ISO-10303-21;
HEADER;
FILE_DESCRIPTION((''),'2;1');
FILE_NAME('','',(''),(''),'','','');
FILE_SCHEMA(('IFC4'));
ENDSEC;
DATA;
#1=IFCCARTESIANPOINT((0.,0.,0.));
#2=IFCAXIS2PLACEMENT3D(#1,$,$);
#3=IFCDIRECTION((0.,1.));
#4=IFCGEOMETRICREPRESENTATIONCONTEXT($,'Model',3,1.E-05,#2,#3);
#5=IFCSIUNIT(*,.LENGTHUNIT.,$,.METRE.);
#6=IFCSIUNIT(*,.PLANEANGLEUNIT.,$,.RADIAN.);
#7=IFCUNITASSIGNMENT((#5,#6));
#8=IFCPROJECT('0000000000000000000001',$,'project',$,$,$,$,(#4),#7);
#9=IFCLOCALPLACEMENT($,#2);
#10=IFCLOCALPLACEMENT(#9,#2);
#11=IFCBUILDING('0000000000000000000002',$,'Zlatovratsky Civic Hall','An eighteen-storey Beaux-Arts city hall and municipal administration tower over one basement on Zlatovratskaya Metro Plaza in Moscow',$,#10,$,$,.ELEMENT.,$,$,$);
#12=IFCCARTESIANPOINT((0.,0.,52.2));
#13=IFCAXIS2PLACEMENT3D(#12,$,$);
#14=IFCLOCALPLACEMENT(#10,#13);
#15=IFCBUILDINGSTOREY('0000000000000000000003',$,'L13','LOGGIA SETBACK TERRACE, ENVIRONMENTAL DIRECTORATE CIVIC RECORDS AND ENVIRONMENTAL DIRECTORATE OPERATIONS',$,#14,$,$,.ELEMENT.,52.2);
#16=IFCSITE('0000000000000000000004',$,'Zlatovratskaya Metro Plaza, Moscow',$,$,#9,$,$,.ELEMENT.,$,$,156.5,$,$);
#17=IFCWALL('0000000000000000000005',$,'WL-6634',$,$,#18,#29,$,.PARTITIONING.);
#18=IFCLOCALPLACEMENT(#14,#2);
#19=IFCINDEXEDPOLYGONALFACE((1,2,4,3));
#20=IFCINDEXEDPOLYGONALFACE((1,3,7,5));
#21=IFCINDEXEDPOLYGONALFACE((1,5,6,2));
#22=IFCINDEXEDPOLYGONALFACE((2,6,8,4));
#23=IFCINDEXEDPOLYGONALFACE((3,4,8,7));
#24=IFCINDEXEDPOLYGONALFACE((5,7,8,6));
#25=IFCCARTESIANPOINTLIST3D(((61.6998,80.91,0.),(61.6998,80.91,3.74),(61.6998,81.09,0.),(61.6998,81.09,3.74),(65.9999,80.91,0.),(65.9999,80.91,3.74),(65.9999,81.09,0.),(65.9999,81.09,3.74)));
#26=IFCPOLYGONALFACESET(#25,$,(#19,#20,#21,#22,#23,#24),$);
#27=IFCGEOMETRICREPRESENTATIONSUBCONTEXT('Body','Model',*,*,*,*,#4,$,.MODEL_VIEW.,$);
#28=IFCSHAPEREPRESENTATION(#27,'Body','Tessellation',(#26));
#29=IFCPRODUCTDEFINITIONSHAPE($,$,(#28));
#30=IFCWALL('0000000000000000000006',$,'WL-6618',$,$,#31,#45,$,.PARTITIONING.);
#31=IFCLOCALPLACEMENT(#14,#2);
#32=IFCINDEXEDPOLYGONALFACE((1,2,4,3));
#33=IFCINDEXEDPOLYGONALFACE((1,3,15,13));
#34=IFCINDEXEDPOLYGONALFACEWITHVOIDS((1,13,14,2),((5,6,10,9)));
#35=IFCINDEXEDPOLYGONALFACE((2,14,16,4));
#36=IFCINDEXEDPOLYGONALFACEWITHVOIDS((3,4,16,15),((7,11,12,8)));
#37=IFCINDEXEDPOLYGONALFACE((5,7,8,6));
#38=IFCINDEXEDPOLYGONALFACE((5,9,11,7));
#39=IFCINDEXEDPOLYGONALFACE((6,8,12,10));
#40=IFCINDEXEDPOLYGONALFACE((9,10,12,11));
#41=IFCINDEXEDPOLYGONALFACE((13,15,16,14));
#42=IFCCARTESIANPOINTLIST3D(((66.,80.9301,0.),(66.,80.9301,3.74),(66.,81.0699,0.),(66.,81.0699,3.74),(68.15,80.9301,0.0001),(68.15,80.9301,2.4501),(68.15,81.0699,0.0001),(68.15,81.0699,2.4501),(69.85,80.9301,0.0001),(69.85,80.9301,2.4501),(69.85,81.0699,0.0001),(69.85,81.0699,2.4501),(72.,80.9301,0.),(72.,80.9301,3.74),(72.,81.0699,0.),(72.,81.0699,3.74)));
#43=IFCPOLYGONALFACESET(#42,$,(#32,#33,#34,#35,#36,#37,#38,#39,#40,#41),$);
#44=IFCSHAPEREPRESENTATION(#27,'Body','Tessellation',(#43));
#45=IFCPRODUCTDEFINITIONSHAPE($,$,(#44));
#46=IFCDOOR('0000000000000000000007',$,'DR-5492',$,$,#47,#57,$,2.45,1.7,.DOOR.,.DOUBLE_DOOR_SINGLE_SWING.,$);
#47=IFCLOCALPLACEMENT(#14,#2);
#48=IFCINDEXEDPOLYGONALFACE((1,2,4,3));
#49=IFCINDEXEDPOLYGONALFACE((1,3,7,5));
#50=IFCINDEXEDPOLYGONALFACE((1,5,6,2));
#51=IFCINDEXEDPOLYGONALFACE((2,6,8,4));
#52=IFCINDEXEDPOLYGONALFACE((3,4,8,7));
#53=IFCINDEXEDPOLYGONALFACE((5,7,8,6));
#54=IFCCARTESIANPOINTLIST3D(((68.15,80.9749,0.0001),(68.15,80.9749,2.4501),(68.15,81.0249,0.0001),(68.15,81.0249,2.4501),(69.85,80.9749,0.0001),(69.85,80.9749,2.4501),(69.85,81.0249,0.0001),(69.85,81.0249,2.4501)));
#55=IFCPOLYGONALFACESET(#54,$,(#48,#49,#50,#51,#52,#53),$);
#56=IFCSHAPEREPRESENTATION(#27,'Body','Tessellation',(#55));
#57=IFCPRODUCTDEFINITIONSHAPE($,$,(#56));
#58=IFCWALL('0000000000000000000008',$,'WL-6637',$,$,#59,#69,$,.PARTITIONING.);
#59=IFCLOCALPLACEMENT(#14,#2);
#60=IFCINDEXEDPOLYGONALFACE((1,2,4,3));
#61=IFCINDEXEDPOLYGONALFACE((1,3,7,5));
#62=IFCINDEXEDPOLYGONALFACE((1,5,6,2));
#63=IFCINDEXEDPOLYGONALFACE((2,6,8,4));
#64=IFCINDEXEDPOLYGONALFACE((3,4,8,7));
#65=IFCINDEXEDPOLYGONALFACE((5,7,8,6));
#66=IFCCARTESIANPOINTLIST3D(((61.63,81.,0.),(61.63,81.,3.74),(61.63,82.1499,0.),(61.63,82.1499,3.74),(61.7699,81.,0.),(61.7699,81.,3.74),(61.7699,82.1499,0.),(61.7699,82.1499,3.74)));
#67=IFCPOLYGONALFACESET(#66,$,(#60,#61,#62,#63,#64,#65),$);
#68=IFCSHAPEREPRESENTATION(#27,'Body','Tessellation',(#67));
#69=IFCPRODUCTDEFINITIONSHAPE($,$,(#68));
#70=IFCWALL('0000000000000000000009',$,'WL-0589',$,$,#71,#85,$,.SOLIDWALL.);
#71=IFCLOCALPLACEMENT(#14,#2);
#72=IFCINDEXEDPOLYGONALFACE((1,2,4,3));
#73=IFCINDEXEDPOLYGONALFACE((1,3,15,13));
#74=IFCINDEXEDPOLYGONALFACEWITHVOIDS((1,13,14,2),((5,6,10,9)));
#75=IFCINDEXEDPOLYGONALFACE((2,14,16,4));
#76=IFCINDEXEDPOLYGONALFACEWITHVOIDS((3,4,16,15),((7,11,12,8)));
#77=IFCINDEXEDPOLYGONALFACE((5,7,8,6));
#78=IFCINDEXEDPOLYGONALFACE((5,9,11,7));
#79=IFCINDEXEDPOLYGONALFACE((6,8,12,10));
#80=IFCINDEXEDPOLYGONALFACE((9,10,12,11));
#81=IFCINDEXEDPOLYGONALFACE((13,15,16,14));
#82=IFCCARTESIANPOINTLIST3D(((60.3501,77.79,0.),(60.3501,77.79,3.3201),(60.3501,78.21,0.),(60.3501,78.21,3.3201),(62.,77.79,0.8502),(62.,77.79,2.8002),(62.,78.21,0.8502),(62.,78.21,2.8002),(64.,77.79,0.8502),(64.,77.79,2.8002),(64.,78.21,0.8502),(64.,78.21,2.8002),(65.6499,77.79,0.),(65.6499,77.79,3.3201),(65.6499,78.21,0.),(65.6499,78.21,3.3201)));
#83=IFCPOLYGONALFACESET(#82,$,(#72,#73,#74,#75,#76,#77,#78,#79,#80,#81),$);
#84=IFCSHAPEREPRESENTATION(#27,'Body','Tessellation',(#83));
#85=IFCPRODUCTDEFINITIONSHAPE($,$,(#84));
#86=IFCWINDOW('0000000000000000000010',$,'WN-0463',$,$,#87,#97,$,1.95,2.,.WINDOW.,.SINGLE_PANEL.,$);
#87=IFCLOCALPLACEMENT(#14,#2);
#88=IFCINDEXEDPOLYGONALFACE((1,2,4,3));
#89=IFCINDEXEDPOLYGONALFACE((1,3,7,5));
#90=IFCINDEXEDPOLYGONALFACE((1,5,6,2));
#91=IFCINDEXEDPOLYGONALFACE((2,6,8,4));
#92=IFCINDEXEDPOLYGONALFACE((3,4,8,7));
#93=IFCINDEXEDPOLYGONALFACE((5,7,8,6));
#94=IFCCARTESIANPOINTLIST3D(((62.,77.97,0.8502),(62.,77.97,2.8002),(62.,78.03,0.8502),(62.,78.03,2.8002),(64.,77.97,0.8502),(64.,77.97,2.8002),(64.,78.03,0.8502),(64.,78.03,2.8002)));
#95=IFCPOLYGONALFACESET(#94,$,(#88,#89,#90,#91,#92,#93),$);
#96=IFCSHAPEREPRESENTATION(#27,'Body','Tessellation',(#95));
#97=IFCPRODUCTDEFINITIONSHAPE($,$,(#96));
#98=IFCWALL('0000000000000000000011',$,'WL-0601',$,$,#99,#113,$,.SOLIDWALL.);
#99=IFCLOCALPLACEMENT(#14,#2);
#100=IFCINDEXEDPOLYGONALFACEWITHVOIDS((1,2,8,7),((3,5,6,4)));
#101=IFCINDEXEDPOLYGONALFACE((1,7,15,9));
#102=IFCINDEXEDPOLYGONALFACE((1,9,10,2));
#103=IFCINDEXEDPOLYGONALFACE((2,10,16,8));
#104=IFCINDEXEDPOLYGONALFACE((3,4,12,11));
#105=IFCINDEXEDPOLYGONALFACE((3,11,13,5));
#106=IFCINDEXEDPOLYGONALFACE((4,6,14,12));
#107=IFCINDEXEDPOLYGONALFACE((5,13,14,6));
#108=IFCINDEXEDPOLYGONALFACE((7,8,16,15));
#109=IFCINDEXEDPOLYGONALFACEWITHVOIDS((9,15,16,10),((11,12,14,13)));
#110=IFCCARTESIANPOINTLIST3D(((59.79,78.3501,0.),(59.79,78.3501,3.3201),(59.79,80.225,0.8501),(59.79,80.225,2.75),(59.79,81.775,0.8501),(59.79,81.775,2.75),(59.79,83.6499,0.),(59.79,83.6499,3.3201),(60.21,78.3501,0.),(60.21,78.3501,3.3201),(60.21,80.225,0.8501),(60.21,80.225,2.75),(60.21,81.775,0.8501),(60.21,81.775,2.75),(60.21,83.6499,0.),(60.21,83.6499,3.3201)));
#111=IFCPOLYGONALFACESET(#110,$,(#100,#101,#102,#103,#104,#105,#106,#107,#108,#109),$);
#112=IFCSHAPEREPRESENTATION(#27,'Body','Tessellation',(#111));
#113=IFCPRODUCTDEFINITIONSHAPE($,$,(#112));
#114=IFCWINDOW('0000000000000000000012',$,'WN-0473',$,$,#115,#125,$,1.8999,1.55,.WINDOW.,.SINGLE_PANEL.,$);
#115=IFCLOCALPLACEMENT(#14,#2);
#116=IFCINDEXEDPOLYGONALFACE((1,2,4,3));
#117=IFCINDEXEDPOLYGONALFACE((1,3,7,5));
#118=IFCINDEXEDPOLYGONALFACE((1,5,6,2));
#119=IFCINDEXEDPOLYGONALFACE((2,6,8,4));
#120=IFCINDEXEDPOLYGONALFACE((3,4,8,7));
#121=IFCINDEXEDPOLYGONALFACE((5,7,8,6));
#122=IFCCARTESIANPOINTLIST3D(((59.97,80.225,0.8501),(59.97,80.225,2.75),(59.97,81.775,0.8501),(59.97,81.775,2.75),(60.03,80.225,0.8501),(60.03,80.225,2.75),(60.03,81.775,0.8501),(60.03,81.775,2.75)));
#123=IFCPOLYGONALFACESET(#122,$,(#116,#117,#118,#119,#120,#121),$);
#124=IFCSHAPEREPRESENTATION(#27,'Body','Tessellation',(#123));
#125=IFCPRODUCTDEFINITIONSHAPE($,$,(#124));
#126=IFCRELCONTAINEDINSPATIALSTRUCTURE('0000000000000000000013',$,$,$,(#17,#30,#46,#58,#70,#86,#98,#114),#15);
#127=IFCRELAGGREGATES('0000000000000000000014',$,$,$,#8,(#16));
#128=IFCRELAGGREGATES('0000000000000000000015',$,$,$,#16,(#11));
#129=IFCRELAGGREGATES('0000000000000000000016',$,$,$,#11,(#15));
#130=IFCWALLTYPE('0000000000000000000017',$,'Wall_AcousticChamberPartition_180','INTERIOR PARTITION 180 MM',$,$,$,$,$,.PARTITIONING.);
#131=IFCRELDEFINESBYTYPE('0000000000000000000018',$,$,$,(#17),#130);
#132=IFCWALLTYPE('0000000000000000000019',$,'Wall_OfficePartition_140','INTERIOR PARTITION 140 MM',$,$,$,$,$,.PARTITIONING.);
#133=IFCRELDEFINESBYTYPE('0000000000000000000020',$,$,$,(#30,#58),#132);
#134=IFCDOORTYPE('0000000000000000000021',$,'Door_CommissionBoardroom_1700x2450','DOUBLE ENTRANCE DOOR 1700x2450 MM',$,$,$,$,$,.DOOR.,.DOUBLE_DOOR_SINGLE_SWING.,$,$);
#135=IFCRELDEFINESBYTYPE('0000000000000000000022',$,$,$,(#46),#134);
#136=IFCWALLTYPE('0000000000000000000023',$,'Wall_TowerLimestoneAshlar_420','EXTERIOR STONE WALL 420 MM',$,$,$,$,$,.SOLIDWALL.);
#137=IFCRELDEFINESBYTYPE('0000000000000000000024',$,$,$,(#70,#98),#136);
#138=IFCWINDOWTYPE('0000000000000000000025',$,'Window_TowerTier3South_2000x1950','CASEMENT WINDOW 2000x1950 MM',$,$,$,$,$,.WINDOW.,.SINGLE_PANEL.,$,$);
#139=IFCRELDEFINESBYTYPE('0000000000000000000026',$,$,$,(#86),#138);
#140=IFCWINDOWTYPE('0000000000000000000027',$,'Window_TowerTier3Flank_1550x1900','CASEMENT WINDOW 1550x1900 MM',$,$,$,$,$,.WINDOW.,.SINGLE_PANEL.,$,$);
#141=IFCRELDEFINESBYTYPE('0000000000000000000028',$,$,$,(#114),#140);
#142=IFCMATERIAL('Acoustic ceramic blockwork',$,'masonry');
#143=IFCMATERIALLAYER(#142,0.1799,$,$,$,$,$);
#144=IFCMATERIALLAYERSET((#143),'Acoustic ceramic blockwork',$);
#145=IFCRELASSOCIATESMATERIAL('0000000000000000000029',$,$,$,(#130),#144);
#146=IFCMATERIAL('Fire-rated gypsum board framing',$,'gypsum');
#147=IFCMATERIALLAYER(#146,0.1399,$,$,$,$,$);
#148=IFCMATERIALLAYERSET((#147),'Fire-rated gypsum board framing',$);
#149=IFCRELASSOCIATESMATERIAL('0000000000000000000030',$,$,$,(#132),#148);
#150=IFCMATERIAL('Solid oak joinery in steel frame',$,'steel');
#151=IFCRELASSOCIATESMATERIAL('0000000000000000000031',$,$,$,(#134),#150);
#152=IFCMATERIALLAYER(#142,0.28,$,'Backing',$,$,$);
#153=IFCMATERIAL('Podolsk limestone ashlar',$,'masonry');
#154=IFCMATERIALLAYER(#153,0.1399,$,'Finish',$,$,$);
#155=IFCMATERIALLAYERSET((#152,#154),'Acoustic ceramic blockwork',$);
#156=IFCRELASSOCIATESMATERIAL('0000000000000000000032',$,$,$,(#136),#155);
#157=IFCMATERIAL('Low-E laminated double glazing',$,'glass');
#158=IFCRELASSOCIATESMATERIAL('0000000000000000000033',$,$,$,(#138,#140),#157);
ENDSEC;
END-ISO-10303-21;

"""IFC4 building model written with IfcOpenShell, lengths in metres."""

from ifc_helpers import new_model, si_unit, direction, frame, frame_2d, origin, place, context, subcontext, project, spatial, rectangle, extrude, material, layer, layer_set, type_object, element, fill, save


model = new_model("IFC4")

# Units and contexts
model_context = context("Model", 3, precision=1e-05, world=origin(), true_north=direction((0.0, 1.0)))
body_context = subcontext(model_context, "Body", "Model", "MODEL_VIEW")
ifc_project = project(units=[si_unit("LENGTHUNIT", "METRE"), si_unit("PLANEANGLEUNIT", "RADIAN")], contexts=[model_context])

# Site, building, storey
site_placement = place(None, origin())
site = spatial("IfcSite", under=ifc_project, at=site_placement, Name="Zlatovratskaya Metro Plaza, Moscow", CompositionType="ELEMENT", RefElevation=156.5)
building_placement = place(site_placement, origin())
building = spatial("IfcBuilding", under=site, at=building_placement, Name="Zlatovratsky Civic Hall", Description="An eighteen-storey Beaux-Arts city hall and municipal administration tower over one basement on Zlatovratskaya Metro Plaza in Moscow", CompositionType="ELEMENT")
storey_placement = place(building_placement, frame((0.0, 0.0, 52.2)))
storey = spatial("IfcBuildingStorey", under=building, at=storey_placement, Name="L13", Description="LOGGIA SETBACK TERRACE, ENVIRONMENTAL DIRECTORATE CIVIC RECORDS AND ENVIRONMENTAL DIRECTORATE OPERATIONS", CompositionType="ELEMENT", Elevation=52.2)

# Wall
ifc_material_1 = material(Name="Acoustic ceramic blockwork", Category="masonry")
ifc_layer_1 = layer(ifc_material_1, 0.1799)
ifc_layer_set_1 = layer_set([ifc_layer_1], Name="Acoustic ceramic blockwork")
wall_type_1 = type_object("IfcWallType", Name="Wall_AcousticChamberPartition_180", Description="INTERIOR PARTITION 180 MM", PredefinedType="PARTITIONING", material=ifc_layer_set_1)
wall_1_placement = place(storey_placement, frame((61.7, 81.0, 0.0), z_axis=(0.0, 0.0, 1.0), x_axis=(1.0, 0.0, 0.0)))
element("IfcWall", 1, at=wall_1_placement, inside=storey, type_object=wall_type_1, Name="WL-6634", PredefinedType="PARTITIONING", context=body_context, shape_type="SweptSolid", body=[
    extrude(rectangle(XDim=4.3, YDim=0.1799, at=frame_2d((2.1499, 0.0))), origin(), (0.0, 0.0, 1.0), 3.74),
])

# Wall, opening, door
ifc_material_2 = material(Name="Fire-rated gypsum board framing", Category="gypsum")
ifc_layer_2 = layer(ifc_material_2, 0.1399)
ifc_layer_set_2 = layer_set([ifc_layer_2], Name="Fire-rated gypsum board framing")
wall_type_2 = type_object("IfcWallType", Name="Wall_OfficePartition_140", Description="INTERIOR PARTITION 140 MM", PredefinedType="PARTITIONING", material=ifc_layer_set_2)
wall_2_placement = place(storey_placement, frame((66.0, 81.0, 0.0), z_axis=(0.0, 0.0, 1.0), x_axis=(1.0, 0.0, 0.0)))
wall_2 = element("IfcWall", 2, at=wall_2_placement, inside=storey, type_object=wall_type_2, Name="WL-6618", PredefinedType="PARTITIONING", context=body_context, shape_type="SweptSolid", body=[
    extrude(rectangle(XDim=6.0, YDim=0.1399, at=frame_2d((3.0, 0.0))), origin(), (0.0, 0.0, 1.0), 3.74),
])
opening_1_placement = place(wall_2_placement, frame((2.1499, 0.0, 0.0)))
opening_1 = element("IfcOpeningElement", 3, at=opening_1_placement, cuts=wall_2, PredefinedType="OPENING", context=body_context, shape_type="SweptSolid", body=[
    extrude(rectangle(XDim=1.7, YDim=2.45, at=frame_2d((0.8501, 1.2251))), frame((0.0, 0.085, 0.0), z_axis=(0.0, -1.0, 0.0), x_axis=(1.0, 0.0, 0.0)), (0.0, 0.0, 1.0), 0.1697),
])
ifc_material_3 = material(Name="Solid oak joinery in steel frame", Category="steel")
door_type = type_object("IfcDoorType", Name="Door_CommissionBoardroom_1700x2450", Description="DOUBLE ENTRANCE DOOR 1700x2450 MM", OperationType="DOUBLE_DOOR_SINGLE_SWING", PredefinedType="DOOR", material=ifc_material_3)
door_placement = place(opening_1_placement, origin())
door = element("IfcDoor", 4, at=door_placement, inside=storey, type_object=door_type, Name="DR-5492", OperationType="DOUBLE_DOOR_SINGLE_SWING", OverallHeight=2.45, OverallWidth=1.7, PredefinedType="DOOR", context=body_context, shape_type="SweptSolid", body=[
    extrude(rectangle(XDim=1.7, YDim=2.45, at=frame_2d((0.8501, 1.2251))), frame((0.0, 0.0249, 0.0), z_axis=(0.0, -1.0, 0.0), x_axis=(1.0, 0.0, 0.0)), (0.0, 0.0, 1.0), 0.05),
])
fill(opening_1, door)

# Wall
wall_3_placement = place(storey_placement, frame((61.7, 81.0, 0.0), z_axis=(0.0, 0.0, 1.0), x_axis=(0.0, 1.0, 0.0)))
element("IfcWall", 5, at=wall_3_placement, inside=storey, type_object=wall_type_2, Name="WL-6637", PredefinedType="PARTITIONING", context=body_context, shape_type="SweptSolid", body=[
    extrude(rectangle(XDim=1.1499, YDim=0.1399, at=frame_2d((0.575, 0.0))), origin(), (0.0, 0.0, 1.0), 3.74),
])

# Walls, openings, windows
ifc_layer_3 = layer(ifc_material_1, 0.28, Name="Backing")
ifc_material_4 = material(Name="Podolsk limestone ashlar", Category="masonry")
ifc_layer_4 = layer(ifc_material_4, 0.1399, Name="Finish")
ifc_layer_set_3 = layer_set([ifc_layer_3, ifc_layer_4], Name="Acoustic ceramic blockwork")
wall_type_3 = type_object("IfcWallType", Name="Wall_TowerLimestoneAshlar_420", Description="EXTERIOR STONE WALL 420 MM", PredefinedType="SOLIDWALL", material=ifc_layer_set_3)
wall_4_placement = place(storey_placement, frame((60.3501, 78.0, 0.0), z_axis=(0.0, 0.0, 1.0), x_axis=(1.0, 0.0, 0.0)))
wall_4 = element("IfcWall", 6, at=wall_4_placement, inside=storey, type_object=wall_type_3, Name="WL-0589", PredefinedType="SOLIDWALL", context=body_context, shape_type="SweptSolid", body=[
    extrude(rectangle(XDim=5.2998, YDim=0.4199, at=frame_2d((2.6499, 0.0))), origin(), (0.0, 0.0, 1.0), 3.3201),
])
opening_2_placement = place(wall_4_placement, frame((1.6499, 0.0, 0.8501)))
opening_2 = element("IfcOpeningElement", 7, at=opening_2_placement, cuts=wall_4, PredefinedType="OPENING", context=body_context, shape_type="SweptSolid", body=[
    extrude(rectangle(XDim=2.0, YDim=1.95, at=frame_2d((1.0, 0.9751))), frame((0.0, 0.2249, 0.0), z_axis=(0.0, -1.0, 0.0), x_axis=(1.0, 0.0, 0.0)), (0.0, 0.0, 1.0), 0.4497),
])
ifc_material_5 = material(Name="Low-E laminated double glazing", Category="glass")
window_type_1 = type_object("IfcWindowType", Name="Window_TowerTier3South_2000x1950", Description="CASEMENT WINDOW 2000x1950 MM", PartitioningType="SINGLE_PANEL", PredefinedType="WINDOW", material=ifc_material_5)
window_1_placement = place(opening_2_placement, origin())
window_1 = element("IfcWindow", 8, at=window_1_placement, inside=storey, type_object=window_type_1, Name="WN-0463", OverallHeight=1.95, OverallWidth=2.0, PartitioningType="SINGLE_PANEL", PredefinedType="WINDOW", context=body_context, shape_type="SweptSolid", body=[
    extrude(rectangle(XDim=2.0, YDim=1.95, at=frame_2d((1.0, 0.9751))), frame((0.0, 0.03, 0.0), z_axis=(0.0, -1.0, 0.0), x_axis=(1.0, 0.0, 0.0)), (0.0, 0.0, 1.0), 0.0601),
])
fill(opening_2, window_1)
wall_5_placement = place(storey_placement, frame((60.0, 78.3501, 0.0), z_axis=(0.0, 0.0, 1.0), x_axis=(0.0, 1.0, 0.0)))
wall_5 = element("IfcWall", 9, at=wall_5_placement, inside=storey, type_object=wall_type_3, Name="WL-0601", PredefinedType="SOLIDWALL", context=body_context, shape_type="SweptSolid", body=[
    extrude(rectangle(XDim=5.2998, YDim=0.4199, at=frame_2d((2.6499, 0.0))), origin(), (0.0, 0.0, 1.0), 3.3201),
])
opening_3_placement = place(wall_5_placement, frame((1.875, 0.0, 0.8501)))
opening_3 = element("IfcOpeningElement", 10, at=opening_3_placement, cuts=wall_5, PredefinedType="OPENING", context=body_context, shape_type="SweptSolid", body=[
    extrude(rectangle(XDim=1.55, YDim=1.8999, at=frame_2d((0.7749, 0.95))), frame((0.0, 0.2249, 0.0), z_axis=(0.0, -1.0, 0.0), x_axis=(1.0, 0.0, 0.0)), (0.0, 0.0, 1.0), 0.4497),
])
window_type_2 = type_object("IfcWindowType", Name="Window_TowerTier3Flank_1550x1900", Description="CASEMENT WINDOW 1550x1900 MM", PartitioningType="SINGLE_PANEL", PredefinedType="WINDOW", material=ifc_material_5)
window_2_placement = place(opening_3_placement, origin())
window_2 = element("IfcWindow", 11, at=window_2_placement, inside=storey, type_object=window_type_2, Name="WN-0473", OverallHeight=1.8999, OverallWidth=1.55, PartitioningType="SINGLE_PANEL", PredefinedType="WINDOW", context=body_context, shape_type="SweptSolid", body=[
    extrude(rectangle(XDim=1.55, YDim=1.8999, at=frame_2d((0.7749, 0.95))), frame((0.0, 0.03, 0.0), z_axis=(0.0, -1.0, 0.0), x_axis=(1.0, 0.0, 0.0)), (0.0, 0.0, 1.0), 0.0601),
])
fill(opening_3, window_2)

save(model, "model.ifc")
